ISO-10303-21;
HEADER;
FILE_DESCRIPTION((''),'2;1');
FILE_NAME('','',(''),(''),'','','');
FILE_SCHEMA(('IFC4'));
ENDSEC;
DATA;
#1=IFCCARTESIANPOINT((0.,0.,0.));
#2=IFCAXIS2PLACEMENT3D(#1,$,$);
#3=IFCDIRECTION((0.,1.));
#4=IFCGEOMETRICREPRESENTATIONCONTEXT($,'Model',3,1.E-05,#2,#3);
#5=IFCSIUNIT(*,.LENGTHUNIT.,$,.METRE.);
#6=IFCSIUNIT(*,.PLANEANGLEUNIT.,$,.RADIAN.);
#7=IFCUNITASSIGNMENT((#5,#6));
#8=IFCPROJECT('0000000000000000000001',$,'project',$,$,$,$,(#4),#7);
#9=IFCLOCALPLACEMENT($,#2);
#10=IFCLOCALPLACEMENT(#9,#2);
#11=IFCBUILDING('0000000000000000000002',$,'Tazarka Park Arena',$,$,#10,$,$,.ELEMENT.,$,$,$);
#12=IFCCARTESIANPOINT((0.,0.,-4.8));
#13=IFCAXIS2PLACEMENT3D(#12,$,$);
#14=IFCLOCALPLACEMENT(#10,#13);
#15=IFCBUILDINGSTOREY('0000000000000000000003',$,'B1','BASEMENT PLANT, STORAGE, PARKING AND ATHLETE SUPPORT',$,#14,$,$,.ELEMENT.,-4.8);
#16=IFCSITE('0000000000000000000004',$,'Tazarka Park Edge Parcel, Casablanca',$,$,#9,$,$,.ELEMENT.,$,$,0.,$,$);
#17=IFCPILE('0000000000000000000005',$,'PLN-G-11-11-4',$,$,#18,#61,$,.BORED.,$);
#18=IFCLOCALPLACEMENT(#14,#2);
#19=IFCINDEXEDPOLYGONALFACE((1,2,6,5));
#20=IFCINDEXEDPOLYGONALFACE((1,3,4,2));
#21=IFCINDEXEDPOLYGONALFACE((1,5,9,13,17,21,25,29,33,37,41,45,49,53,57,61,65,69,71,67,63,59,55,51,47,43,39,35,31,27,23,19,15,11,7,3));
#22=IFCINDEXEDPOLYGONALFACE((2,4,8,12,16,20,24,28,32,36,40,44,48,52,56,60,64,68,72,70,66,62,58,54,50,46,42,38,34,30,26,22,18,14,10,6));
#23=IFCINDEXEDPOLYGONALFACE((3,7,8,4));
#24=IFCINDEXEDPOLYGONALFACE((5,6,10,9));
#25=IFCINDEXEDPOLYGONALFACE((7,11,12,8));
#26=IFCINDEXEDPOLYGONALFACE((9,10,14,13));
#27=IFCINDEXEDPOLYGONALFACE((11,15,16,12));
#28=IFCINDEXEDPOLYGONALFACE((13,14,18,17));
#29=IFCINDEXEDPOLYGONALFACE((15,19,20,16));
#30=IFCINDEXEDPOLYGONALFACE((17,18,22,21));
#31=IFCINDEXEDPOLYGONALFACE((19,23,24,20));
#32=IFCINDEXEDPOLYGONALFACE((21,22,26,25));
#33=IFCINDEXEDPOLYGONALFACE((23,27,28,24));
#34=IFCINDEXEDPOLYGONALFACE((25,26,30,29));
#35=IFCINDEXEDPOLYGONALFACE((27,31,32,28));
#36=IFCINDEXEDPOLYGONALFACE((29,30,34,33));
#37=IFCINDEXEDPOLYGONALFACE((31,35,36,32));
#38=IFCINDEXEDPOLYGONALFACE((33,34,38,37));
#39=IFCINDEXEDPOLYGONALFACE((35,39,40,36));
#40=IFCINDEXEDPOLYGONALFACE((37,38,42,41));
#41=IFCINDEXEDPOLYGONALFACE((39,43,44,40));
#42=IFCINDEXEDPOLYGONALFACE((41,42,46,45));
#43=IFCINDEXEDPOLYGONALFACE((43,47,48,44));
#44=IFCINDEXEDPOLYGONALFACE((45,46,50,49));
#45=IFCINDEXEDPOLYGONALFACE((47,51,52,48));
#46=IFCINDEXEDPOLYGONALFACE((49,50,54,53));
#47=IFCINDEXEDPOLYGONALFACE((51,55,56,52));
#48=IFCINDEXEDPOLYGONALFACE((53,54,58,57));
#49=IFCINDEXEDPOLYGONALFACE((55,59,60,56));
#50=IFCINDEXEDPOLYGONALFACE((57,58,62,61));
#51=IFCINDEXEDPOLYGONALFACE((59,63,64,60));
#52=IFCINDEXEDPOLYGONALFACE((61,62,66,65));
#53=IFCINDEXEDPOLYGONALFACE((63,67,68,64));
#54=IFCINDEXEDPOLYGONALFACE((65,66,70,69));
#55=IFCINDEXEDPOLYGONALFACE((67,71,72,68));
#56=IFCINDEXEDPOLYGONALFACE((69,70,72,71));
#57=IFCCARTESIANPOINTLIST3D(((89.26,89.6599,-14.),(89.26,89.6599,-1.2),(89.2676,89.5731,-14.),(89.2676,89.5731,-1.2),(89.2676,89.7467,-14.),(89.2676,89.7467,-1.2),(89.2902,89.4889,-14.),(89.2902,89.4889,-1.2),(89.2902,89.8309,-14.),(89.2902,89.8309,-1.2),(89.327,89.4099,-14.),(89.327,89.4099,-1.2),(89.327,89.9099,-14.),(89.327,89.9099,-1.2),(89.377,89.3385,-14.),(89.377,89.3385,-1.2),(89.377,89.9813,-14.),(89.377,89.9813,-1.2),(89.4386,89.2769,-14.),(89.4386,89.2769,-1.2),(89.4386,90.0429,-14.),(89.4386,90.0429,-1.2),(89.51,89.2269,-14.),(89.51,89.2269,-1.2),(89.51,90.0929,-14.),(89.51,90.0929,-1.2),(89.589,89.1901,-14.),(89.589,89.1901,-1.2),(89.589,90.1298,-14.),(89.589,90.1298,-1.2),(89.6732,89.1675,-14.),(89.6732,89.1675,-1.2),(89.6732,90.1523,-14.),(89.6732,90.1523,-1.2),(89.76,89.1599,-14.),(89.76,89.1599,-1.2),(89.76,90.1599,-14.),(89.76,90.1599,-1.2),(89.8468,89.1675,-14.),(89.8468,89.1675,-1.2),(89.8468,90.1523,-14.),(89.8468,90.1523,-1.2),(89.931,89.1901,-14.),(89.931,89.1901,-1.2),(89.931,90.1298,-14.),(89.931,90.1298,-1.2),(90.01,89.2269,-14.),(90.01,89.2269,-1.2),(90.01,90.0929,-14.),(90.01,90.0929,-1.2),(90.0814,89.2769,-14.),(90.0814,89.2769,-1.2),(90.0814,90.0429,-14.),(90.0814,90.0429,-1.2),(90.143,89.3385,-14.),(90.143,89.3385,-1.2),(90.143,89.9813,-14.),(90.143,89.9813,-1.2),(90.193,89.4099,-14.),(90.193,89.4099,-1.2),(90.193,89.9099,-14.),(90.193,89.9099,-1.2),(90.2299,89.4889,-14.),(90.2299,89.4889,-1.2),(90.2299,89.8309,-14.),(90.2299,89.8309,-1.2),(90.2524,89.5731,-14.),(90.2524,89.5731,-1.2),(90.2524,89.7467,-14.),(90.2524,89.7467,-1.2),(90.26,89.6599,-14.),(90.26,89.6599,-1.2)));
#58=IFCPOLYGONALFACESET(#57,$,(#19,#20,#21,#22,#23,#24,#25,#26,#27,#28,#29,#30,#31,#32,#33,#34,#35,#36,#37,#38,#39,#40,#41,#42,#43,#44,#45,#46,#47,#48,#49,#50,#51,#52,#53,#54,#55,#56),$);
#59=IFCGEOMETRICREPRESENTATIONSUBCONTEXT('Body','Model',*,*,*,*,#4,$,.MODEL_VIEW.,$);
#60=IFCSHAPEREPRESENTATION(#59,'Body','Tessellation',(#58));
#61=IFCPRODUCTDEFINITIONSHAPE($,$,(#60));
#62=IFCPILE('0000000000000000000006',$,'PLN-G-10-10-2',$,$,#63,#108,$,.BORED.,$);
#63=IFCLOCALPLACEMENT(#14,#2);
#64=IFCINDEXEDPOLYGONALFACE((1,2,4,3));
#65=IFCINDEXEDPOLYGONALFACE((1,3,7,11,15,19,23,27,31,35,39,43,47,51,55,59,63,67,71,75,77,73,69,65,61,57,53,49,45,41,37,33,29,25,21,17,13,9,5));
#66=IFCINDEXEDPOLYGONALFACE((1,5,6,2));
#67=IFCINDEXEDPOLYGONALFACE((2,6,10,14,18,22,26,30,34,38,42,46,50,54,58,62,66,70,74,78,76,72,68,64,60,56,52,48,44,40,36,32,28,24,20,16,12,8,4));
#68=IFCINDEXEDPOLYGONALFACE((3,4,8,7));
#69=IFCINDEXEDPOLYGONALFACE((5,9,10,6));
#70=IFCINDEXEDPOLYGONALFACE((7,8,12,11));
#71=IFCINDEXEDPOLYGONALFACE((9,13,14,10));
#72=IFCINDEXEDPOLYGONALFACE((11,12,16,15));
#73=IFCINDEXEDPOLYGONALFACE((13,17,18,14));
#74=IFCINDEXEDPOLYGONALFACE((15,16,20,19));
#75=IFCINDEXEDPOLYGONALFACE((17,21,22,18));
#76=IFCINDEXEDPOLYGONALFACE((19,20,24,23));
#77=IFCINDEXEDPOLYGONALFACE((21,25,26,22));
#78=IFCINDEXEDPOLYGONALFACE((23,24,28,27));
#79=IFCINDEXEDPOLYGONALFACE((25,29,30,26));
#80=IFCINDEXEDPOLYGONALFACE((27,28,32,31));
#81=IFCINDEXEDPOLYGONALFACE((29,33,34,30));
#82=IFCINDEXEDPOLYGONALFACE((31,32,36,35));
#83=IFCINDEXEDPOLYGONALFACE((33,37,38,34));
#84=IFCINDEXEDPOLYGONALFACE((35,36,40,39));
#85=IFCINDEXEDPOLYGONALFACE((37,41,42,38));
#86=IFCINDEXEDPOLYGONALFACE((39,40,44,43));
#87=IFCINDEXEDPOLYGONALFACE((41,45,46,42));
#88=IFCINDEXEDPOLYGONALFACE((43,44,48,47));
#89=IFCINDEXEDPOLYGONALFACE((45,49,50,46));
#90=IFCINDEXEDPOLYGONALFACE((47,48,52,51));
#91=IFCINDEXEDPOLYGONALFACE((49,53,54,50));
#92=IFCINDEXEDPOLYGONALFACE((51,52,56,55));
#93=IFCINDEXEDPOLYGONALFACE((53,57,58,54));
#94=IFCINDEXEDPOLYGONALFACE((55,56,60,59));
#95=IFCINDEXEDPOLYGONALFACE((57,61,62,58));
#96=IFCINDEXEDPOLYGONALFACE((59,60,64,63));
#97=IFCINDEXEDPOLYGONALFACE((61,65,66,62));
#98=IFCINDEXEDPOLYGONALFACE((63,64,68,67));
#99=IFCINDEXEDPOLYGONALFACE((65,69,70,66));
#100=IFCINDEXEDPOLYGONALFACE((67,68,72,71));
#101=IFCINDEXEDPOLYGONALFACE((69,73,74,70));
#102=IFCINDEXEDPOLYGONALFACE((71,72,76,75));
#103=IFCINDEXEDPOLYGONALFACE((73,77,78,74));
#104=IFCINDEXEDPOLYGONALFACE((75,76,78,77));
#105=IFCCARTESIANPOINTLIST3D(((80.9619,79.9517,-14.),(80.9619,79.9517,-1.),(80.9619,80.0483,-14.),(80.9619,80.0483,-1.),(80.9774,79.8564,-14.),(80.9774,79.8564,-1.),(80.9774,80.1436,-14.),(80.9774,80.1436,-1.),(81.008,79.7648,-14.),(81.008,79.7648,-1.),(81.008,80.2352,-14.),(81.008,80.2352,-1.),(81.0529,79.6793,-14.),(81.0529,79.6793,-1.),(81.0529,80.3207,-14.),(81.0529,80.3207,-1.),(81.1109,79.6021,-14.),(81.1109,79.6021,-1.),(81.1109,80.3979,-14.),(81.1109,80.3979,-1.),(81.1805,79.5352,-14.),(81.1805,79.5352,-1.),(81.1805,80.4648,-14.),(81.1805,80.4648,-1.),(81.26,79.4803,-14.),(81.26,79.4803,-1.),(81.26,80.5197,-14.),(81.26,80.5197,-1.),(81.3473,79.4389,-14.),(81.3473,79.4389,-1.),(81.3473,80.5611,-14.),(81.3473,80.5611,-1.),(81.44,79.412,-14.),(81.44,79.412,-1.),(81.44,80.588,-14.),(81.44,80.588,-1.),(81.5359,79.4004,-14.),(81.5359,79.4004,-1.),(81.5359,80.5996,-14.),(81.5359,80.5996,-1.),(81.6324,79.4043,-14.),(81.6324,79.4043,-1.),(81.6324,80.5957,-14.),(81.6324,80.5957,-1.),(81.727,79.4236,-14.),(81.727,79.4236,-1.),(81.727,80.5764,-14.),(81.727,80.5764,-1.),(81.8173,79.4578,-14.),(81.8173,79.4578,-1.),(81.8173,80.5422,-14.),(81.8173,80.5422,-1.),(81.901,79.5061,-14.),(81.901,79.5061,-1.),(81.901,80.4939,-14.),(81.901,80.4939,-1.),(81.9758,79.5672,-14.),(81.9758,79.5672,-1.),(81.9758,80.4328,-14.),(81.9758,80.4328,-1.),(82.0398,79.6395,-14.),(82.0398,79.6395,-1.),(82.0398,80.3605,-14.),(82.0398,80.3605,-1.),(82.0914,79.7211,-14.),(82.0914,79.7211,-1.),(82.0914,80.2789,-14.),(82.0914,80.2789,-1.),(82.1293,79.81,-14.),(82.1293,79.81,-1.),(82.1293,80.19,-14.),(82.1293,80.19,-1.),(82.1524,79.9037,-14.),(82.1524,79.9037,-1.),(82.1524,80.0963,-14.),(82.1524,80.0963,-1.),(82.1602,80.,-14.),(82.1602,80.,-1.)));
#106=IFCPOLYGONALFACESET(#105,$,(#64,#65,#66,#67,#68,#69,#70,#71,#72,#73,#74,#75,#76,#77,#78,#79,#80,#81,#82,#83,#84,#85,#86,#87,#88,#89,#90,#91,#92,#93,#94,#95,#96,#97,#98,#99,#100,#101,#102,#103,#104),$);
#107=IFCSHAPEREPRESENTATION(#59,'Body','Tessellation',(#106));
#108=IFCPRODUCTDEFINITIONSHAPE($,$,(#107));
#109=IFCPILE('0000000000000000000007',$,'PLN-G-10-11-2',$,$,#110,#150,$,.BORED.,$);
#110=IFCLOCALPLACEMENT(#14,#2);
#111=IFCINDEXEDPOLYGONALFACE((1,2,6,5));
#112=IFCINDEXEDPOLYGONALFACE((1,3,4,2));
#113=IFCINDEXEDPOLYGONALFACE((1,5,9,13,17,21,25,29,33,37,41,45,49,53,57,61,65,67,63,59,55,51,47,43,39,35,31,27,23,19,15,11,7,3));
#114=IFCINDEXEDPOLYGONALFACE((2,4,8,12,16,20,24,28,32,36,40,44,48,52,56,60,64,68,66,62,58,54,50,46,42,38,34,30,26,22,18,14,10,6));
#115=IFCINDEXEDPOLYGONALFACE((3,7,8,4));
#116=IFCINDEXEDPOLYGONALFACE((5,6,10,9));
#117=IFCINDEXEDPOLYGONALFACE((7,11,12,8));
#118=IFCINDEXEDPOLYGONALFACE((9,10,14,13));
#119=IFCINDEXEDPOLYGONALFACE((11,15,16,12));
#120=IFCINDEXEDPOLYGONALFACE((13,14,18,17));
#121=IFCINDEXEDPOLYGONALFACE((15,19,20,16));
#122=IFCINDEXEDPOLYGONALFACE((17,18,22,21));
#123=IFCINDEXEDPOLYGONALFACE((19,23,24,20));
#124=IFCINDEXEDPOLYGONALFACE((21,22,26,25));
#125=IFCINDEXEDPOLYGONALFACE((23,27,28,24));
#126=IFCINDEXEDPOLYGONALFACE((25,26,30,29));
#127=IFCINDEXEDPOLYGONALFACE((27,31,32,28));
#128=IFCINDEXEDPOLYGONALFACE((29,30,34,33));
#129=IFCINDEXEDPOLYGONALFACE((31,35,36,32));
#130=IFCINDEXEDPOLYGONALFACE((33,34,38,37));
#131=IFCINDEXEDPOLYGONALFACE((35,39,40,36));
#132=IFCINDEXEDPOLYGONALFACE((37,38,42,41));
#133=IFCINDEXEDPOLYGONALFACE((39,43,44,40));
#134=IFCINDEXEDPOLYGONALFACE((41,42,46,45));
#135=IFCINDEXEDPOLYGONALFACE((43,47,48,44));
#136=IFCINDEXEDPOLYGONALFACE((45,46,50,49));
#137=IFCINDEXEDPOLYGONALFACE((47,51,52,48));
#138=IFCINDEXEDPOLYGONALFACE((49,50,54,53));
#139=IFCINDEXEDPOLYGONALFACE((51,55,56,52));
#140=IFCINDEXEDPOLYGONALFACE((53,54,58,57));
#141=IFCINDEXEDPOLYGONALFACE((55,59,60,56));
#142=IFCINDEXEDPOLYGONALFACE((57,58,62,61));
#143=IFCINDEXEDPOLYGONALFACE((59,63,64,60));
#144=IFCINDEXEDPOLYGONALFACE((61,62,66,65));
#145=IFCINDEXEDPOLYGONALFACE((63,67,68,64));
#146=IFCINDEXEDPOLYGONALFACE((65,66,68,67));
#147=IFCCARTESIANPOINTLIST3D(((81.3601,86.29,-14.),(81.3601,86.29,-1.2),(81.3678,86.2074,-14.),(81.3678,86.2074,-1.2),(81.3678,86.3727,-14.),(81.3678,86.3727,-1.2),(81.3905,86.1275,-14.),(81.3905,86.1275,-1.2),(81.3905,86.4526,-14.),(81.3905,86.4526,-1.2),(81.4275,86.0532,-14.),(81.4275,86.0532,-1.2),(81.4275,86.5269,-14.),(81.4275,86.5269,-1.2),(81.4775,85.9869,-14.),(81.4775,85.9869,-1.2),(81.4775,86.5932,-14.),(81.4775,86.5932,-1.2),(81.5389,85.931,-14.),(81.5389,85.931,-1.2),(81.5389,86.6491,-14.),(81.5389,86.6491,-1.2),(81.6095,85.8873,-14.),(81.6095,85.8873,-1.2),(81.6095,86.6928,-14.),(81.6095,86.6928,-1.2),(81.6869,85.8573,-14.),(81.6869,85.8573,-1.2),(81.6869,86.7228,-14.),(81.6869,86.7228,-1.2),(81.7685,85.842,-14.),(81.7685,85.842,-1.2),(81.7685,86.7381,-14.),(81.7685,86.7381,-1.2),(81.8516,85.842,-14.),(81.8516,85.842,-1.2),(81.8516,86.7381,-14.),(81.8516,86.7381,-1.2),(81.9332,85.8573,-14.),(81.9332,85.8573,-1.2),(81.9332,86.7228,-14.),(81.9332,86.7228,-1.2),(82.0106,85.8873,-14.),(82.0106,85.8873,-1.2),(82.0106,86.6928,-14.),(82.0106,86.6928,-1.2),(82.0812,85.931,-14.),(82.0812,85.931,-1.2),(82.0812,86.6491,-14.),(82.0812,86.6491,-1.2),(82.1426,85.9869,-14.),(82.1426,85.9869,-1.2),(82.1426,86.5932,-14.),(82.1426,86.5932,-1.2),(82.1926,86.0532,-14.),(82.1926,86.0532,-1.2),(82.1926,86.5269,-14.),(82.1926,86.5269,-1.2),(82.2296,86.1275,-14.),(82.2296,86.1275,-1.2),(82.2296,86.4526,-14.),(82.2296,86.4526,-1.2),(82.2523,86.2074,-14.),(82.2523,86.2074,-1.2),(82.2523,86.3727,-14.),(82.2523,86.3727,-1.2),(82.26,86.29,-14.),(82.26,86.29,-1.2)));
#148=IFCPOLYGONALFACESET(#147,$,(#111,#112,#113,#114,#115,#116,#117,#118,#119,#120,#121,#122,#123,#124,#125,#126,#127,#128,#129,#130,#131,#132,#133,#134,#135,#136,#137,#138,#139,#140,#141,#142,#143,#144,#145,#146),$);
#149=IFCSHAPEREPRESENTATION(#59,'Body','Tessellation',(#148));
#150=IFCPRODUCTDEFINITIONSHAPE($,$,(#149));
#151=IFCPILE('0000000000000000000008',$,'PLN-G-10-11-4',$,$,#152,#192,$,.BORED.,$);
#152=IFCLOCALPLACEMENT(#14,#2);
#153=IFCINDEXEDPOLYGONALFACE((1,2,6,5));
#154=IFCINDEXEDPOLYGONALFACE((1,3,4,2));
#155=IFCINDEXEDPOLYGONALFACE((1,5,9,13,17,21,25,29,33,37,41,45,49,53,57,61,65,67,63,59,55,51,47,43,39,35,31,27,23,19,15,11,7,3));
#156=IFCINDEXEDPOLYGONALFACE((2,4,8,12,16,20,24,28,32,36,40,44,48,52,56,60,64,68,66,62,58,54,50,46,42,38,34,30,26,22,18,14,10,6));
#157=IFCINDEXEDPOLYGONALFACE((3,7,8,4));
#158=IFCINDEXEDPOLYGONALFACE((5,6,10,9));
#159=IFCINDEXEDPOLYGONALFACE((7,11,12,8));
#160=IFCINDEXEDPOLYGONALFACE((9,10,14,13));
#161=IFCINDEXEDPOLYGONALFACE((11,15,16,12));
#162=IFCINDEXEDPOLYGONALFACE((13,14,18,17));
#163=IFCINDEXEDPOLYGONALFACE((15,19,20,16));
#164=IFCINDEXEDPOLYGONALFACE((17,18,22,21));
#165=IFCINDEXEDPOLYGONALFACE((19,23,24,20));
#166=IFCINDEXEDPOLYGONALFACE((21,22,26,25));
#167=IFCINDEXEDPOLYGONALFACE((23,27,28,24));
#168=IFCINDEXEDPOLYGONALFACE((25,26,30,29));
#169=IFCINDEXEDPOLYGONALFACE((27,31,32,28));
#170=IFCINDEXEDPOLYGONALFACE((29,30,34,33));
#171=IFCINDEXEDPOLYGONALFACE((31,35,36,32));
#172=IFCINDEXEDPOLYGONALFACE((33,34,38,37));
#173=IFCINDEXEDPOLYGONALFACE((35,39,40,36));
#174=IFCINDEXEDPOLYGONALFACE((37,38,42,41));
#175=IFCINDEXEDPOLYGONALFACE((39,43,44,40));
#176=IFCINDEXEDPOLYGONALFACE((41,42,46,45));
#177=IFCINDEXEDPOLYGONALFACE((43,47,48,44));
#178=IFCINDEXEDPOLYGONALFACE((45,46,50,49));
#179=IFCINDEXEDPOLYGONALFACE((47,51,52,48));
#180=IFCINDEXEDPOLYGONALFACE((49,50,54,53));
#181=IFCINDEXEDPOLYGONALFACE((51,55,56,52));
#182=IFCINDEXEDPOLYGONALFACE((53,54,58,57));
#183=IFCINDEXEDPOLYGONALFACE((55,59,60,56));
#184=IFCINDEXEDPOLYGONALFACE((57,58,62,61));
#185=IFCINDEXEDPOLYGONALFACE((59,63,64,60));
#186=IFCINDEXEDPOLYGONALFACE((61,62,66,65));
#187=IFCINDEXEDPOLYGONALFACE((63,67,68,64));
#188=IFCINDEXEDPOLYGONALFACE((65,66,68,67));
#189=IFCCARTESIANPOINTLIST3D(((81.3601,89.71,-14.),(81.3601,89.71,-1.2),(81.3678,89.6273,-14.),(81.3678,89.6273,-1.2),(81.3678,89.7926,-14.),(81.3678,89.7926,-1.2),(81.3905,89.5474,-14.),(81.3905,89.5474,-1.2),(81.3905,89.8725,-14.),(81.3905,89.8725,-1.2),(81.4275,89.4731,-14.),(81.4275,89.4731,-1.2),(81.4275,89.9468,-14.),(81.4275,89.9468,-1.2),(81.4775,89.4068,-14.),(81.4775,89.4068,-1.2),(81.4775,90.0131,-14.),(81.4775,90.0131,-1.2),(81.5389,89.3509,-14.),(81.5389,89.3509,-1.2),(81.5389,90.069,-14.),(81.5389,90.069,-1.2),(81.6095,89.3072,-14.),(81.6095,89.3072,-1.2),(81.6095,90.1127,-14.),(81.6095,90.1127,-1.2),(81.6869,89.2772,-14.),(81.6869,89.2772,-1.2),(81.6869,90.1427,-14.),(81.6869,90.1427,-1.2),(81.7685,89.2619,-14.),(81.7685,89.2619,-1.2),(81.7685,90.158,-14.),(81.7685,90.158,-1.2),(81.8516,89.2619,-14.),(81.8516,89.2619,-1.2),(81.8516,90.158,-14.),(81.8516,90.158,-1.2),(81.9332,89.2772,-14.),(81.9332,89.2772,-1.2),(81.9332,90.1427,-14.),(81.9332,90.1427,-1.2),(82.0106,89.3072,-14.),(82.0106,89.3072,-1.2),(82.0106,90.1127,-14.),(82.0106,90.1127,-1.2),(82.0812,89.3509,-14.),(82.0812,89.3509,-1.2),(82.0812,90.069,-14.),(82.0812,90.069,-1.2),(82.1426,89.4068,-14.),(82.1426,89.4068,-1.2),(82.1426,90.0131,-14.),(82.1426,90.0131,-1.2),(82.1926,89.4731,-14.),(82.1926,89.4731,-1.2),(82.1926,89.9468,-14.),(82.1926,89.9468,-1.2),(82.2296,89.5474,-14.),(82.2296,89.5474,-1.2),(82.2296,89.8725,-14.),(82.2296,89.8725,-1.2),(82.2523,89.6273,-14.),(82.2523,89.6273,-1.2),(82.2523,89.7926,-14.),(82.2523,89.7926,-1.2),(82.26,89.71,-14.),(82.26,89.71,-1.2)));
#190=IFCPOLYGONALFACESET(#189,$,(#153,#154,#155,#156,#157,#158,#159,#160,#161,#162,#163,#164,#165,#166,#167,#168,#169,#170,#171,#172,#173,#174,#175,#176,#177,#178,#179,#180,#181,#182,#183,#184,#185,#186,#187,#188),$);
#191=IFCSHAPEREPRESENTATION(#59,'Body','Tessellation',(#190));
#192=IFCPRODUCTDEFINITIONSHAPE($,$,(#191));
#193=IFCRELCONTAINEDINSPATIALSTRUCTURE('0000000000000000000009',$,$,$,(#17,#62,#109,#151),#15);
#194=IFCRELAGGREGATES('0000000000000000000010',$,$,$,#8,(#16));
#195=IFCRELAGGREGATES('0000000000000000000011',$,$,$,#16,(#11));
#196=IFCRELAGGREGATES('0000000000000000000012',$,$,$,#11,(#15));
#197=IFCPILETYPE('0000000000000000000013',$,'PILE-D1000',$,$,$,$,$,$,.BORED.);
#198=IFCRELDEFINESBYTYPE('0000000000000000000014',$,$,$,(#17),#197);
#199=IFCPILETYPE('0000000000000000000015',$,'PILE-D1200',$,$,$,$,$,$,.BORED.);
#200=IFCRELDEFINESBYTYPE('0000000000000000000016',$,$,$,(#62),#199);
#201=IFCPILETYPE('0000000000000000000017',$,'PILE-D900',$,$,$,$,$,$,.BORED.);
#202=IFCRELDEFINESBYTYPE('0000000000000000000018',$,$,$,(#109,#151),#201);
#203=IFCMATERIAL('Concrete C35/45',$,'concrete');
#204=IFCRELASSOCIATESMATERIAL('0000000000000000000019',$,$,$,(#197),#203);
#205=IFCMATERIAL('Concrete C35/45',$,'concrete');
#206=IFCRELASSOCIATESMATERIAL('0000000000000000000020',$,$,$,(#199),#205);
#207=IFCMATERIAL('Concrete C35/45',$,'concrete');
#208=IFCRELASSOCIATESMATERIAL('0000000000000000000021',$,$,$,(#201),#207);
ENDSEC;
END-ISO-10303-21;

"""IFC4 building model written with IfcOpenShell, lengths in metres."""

from ifc_helpers import new_model, si_unit, direction, frame, origin, origin_2d, place, context, subcontext, project, spatial, circle, extrude, material, material_profile, profile_set, type_object, element, save


model = new_model("IFC4")

# Units and contexts
model_context = context("Model", 3, precision=1e-05, world=origin(), true_north=direction((0.0, 1.0)))
body_context = subcontext(model_context, "Body", "Model", "MODEL_VIEW")
ifc_project = project(units=[si_unit("LENGTHUNIT", "METRE"), si_unit("PLANEANGLEUNIT", "RADIAN")], contexts=[model_context])

# Site, building, storey
site_placement = place(None, origin())
site = spatial("IfcSite", under=ifc_project, at=site_placement, Name="Tazarka Park Edge Parcel, Casablanca", CompositionType="ELEMENT", RefElevation=0.0)
building_placement = place(site_placement, origin())
building = spatial("IfcBuilding", under=site, at=building_placement, Name="Tazarka Park Arena", CompositionType="ELEMENT")
storey_placement = place(building_placement, frame((0.0, 0.0, -4.8)))
storey = spatial("IfcBuildingStorey", under=building, at=storey_placement, Name="B1", Description="BASEMENT PLANT, STORAGE, PARKING AND ATHLETE SUPPORT", CompositionType="ELEMENT", Elevation=-4.8)

# Piles
ifc_material_1 = material(Name="Concrete C35/45", Category="concrete")
ifc_material_profile_1 = material_profile(ifc_material_1, circle(Radius=0.5, at=origin_2d()), Name="Concrete C35/45")
ifc_profile_set_1 = profile_set([ifc_material_profile_1], Name="Concrete C35/45")
pile_type_1 = type_object("IfcPileType", Name="PILE-D1000", PredefinedType="BORED", material=ifc_profile_set_1)
for number, where, z_axis, x_axis, name in (
    (1, (89.76, 89.6599, -1.2), (0.0, 0.0, -1.0), (1.0, 0.0, 0.0), "PLN-G-11-11-4"),
):
    element("IfcPile", number, at=place(storey_placement, frame(where, z_axis=z_axis, x_axis=x_axis)), inside=storey, type_object=pile_type_1, Name=name, PredefinedType="BORED", context=body_context, shape_type="SweptSolid", body=[
        extrude(circle(Radius=0.5, at=origin_2d()), origin(), (0.0, 0.0, 1.0), 12.8),
    ])
ifc_material_2 = material(Name="Concrete C35/45", Category="concrete")
ifc_material_profile_2 = material_profile(ifc_material_2, circle(Radius=0.6001, at=origin_2d()), Name="Concrete C35/45")
ifc_profile_set_2 = profile_set([ifc_material_profile_2], Name="Concrete C35/45")
pile_type_2 = type_object("IfcPileType", Name="PILE-D1200", PredefinedType="BORED", material=ifc_profile_set_2)
pile_1_placement = place(storey_placement, frame((81.5601, 80.0, -1.0), z_axis=(0.0, 0.0, -1.0), x_axis=(1.0, 0.0, 0.0)))
element("IfcPile", 2, at=pile_1_placement, inside=storey, type_object=pile_type_2, Name="PLN-G-10-10-2", PredefinedType="BORED", context=body_context, shape_type="SweptSolid", body=[
    extrude(circle(Radius=0.6001, at=origin_2d()), origin(), (0.0, 0.0, 1.0), 13.0),
])
ifc_material_3 = material(Name="Concrete C35/45", Category="concrete")
ifc_material_profile_3 = material_profile(ifc_material_3, circle(Radius=0.45, at=origin_2d()), Name="Concrete C35/45")
ifc_profile_set_3 = profile_set([ifc_material_profile_3], Name="Concrete C35/45")
pile_type_3 = type_object("IfcPileType", Name="PILE-D900", PredefinedType="BORED", material=ifc_profile_set_3)
for number, where, z_axis, x_axis, name in (
    (3, (81.8101, 86.29, -1.2), (0.0, 0.0, -1.0), (1.0, 0.0, 0.0), "PLN-G-10-11-2"),
    (4, (81.8101, 89.71, -1.2), (0.0, 0.0, -1.0), (1.0, 0.0, 0.0), "PLN-G-10-11-4"),
):
    element("IfcPile", number, at=place(storey_placement, frame(where, z_axis=z_axis, x_axis=x_axis)), inside=storey, type_object=pile_type_3, Name=name, PredefinedType="BORED", context=body_context, shape_type="SweptSolid", body=[
        extrude(circle(Radius=0.45, at=origin_2d()), origin(), (0.0, 0.0, 1.0), 12.8),
    ])

save(model, "model.ifc")
